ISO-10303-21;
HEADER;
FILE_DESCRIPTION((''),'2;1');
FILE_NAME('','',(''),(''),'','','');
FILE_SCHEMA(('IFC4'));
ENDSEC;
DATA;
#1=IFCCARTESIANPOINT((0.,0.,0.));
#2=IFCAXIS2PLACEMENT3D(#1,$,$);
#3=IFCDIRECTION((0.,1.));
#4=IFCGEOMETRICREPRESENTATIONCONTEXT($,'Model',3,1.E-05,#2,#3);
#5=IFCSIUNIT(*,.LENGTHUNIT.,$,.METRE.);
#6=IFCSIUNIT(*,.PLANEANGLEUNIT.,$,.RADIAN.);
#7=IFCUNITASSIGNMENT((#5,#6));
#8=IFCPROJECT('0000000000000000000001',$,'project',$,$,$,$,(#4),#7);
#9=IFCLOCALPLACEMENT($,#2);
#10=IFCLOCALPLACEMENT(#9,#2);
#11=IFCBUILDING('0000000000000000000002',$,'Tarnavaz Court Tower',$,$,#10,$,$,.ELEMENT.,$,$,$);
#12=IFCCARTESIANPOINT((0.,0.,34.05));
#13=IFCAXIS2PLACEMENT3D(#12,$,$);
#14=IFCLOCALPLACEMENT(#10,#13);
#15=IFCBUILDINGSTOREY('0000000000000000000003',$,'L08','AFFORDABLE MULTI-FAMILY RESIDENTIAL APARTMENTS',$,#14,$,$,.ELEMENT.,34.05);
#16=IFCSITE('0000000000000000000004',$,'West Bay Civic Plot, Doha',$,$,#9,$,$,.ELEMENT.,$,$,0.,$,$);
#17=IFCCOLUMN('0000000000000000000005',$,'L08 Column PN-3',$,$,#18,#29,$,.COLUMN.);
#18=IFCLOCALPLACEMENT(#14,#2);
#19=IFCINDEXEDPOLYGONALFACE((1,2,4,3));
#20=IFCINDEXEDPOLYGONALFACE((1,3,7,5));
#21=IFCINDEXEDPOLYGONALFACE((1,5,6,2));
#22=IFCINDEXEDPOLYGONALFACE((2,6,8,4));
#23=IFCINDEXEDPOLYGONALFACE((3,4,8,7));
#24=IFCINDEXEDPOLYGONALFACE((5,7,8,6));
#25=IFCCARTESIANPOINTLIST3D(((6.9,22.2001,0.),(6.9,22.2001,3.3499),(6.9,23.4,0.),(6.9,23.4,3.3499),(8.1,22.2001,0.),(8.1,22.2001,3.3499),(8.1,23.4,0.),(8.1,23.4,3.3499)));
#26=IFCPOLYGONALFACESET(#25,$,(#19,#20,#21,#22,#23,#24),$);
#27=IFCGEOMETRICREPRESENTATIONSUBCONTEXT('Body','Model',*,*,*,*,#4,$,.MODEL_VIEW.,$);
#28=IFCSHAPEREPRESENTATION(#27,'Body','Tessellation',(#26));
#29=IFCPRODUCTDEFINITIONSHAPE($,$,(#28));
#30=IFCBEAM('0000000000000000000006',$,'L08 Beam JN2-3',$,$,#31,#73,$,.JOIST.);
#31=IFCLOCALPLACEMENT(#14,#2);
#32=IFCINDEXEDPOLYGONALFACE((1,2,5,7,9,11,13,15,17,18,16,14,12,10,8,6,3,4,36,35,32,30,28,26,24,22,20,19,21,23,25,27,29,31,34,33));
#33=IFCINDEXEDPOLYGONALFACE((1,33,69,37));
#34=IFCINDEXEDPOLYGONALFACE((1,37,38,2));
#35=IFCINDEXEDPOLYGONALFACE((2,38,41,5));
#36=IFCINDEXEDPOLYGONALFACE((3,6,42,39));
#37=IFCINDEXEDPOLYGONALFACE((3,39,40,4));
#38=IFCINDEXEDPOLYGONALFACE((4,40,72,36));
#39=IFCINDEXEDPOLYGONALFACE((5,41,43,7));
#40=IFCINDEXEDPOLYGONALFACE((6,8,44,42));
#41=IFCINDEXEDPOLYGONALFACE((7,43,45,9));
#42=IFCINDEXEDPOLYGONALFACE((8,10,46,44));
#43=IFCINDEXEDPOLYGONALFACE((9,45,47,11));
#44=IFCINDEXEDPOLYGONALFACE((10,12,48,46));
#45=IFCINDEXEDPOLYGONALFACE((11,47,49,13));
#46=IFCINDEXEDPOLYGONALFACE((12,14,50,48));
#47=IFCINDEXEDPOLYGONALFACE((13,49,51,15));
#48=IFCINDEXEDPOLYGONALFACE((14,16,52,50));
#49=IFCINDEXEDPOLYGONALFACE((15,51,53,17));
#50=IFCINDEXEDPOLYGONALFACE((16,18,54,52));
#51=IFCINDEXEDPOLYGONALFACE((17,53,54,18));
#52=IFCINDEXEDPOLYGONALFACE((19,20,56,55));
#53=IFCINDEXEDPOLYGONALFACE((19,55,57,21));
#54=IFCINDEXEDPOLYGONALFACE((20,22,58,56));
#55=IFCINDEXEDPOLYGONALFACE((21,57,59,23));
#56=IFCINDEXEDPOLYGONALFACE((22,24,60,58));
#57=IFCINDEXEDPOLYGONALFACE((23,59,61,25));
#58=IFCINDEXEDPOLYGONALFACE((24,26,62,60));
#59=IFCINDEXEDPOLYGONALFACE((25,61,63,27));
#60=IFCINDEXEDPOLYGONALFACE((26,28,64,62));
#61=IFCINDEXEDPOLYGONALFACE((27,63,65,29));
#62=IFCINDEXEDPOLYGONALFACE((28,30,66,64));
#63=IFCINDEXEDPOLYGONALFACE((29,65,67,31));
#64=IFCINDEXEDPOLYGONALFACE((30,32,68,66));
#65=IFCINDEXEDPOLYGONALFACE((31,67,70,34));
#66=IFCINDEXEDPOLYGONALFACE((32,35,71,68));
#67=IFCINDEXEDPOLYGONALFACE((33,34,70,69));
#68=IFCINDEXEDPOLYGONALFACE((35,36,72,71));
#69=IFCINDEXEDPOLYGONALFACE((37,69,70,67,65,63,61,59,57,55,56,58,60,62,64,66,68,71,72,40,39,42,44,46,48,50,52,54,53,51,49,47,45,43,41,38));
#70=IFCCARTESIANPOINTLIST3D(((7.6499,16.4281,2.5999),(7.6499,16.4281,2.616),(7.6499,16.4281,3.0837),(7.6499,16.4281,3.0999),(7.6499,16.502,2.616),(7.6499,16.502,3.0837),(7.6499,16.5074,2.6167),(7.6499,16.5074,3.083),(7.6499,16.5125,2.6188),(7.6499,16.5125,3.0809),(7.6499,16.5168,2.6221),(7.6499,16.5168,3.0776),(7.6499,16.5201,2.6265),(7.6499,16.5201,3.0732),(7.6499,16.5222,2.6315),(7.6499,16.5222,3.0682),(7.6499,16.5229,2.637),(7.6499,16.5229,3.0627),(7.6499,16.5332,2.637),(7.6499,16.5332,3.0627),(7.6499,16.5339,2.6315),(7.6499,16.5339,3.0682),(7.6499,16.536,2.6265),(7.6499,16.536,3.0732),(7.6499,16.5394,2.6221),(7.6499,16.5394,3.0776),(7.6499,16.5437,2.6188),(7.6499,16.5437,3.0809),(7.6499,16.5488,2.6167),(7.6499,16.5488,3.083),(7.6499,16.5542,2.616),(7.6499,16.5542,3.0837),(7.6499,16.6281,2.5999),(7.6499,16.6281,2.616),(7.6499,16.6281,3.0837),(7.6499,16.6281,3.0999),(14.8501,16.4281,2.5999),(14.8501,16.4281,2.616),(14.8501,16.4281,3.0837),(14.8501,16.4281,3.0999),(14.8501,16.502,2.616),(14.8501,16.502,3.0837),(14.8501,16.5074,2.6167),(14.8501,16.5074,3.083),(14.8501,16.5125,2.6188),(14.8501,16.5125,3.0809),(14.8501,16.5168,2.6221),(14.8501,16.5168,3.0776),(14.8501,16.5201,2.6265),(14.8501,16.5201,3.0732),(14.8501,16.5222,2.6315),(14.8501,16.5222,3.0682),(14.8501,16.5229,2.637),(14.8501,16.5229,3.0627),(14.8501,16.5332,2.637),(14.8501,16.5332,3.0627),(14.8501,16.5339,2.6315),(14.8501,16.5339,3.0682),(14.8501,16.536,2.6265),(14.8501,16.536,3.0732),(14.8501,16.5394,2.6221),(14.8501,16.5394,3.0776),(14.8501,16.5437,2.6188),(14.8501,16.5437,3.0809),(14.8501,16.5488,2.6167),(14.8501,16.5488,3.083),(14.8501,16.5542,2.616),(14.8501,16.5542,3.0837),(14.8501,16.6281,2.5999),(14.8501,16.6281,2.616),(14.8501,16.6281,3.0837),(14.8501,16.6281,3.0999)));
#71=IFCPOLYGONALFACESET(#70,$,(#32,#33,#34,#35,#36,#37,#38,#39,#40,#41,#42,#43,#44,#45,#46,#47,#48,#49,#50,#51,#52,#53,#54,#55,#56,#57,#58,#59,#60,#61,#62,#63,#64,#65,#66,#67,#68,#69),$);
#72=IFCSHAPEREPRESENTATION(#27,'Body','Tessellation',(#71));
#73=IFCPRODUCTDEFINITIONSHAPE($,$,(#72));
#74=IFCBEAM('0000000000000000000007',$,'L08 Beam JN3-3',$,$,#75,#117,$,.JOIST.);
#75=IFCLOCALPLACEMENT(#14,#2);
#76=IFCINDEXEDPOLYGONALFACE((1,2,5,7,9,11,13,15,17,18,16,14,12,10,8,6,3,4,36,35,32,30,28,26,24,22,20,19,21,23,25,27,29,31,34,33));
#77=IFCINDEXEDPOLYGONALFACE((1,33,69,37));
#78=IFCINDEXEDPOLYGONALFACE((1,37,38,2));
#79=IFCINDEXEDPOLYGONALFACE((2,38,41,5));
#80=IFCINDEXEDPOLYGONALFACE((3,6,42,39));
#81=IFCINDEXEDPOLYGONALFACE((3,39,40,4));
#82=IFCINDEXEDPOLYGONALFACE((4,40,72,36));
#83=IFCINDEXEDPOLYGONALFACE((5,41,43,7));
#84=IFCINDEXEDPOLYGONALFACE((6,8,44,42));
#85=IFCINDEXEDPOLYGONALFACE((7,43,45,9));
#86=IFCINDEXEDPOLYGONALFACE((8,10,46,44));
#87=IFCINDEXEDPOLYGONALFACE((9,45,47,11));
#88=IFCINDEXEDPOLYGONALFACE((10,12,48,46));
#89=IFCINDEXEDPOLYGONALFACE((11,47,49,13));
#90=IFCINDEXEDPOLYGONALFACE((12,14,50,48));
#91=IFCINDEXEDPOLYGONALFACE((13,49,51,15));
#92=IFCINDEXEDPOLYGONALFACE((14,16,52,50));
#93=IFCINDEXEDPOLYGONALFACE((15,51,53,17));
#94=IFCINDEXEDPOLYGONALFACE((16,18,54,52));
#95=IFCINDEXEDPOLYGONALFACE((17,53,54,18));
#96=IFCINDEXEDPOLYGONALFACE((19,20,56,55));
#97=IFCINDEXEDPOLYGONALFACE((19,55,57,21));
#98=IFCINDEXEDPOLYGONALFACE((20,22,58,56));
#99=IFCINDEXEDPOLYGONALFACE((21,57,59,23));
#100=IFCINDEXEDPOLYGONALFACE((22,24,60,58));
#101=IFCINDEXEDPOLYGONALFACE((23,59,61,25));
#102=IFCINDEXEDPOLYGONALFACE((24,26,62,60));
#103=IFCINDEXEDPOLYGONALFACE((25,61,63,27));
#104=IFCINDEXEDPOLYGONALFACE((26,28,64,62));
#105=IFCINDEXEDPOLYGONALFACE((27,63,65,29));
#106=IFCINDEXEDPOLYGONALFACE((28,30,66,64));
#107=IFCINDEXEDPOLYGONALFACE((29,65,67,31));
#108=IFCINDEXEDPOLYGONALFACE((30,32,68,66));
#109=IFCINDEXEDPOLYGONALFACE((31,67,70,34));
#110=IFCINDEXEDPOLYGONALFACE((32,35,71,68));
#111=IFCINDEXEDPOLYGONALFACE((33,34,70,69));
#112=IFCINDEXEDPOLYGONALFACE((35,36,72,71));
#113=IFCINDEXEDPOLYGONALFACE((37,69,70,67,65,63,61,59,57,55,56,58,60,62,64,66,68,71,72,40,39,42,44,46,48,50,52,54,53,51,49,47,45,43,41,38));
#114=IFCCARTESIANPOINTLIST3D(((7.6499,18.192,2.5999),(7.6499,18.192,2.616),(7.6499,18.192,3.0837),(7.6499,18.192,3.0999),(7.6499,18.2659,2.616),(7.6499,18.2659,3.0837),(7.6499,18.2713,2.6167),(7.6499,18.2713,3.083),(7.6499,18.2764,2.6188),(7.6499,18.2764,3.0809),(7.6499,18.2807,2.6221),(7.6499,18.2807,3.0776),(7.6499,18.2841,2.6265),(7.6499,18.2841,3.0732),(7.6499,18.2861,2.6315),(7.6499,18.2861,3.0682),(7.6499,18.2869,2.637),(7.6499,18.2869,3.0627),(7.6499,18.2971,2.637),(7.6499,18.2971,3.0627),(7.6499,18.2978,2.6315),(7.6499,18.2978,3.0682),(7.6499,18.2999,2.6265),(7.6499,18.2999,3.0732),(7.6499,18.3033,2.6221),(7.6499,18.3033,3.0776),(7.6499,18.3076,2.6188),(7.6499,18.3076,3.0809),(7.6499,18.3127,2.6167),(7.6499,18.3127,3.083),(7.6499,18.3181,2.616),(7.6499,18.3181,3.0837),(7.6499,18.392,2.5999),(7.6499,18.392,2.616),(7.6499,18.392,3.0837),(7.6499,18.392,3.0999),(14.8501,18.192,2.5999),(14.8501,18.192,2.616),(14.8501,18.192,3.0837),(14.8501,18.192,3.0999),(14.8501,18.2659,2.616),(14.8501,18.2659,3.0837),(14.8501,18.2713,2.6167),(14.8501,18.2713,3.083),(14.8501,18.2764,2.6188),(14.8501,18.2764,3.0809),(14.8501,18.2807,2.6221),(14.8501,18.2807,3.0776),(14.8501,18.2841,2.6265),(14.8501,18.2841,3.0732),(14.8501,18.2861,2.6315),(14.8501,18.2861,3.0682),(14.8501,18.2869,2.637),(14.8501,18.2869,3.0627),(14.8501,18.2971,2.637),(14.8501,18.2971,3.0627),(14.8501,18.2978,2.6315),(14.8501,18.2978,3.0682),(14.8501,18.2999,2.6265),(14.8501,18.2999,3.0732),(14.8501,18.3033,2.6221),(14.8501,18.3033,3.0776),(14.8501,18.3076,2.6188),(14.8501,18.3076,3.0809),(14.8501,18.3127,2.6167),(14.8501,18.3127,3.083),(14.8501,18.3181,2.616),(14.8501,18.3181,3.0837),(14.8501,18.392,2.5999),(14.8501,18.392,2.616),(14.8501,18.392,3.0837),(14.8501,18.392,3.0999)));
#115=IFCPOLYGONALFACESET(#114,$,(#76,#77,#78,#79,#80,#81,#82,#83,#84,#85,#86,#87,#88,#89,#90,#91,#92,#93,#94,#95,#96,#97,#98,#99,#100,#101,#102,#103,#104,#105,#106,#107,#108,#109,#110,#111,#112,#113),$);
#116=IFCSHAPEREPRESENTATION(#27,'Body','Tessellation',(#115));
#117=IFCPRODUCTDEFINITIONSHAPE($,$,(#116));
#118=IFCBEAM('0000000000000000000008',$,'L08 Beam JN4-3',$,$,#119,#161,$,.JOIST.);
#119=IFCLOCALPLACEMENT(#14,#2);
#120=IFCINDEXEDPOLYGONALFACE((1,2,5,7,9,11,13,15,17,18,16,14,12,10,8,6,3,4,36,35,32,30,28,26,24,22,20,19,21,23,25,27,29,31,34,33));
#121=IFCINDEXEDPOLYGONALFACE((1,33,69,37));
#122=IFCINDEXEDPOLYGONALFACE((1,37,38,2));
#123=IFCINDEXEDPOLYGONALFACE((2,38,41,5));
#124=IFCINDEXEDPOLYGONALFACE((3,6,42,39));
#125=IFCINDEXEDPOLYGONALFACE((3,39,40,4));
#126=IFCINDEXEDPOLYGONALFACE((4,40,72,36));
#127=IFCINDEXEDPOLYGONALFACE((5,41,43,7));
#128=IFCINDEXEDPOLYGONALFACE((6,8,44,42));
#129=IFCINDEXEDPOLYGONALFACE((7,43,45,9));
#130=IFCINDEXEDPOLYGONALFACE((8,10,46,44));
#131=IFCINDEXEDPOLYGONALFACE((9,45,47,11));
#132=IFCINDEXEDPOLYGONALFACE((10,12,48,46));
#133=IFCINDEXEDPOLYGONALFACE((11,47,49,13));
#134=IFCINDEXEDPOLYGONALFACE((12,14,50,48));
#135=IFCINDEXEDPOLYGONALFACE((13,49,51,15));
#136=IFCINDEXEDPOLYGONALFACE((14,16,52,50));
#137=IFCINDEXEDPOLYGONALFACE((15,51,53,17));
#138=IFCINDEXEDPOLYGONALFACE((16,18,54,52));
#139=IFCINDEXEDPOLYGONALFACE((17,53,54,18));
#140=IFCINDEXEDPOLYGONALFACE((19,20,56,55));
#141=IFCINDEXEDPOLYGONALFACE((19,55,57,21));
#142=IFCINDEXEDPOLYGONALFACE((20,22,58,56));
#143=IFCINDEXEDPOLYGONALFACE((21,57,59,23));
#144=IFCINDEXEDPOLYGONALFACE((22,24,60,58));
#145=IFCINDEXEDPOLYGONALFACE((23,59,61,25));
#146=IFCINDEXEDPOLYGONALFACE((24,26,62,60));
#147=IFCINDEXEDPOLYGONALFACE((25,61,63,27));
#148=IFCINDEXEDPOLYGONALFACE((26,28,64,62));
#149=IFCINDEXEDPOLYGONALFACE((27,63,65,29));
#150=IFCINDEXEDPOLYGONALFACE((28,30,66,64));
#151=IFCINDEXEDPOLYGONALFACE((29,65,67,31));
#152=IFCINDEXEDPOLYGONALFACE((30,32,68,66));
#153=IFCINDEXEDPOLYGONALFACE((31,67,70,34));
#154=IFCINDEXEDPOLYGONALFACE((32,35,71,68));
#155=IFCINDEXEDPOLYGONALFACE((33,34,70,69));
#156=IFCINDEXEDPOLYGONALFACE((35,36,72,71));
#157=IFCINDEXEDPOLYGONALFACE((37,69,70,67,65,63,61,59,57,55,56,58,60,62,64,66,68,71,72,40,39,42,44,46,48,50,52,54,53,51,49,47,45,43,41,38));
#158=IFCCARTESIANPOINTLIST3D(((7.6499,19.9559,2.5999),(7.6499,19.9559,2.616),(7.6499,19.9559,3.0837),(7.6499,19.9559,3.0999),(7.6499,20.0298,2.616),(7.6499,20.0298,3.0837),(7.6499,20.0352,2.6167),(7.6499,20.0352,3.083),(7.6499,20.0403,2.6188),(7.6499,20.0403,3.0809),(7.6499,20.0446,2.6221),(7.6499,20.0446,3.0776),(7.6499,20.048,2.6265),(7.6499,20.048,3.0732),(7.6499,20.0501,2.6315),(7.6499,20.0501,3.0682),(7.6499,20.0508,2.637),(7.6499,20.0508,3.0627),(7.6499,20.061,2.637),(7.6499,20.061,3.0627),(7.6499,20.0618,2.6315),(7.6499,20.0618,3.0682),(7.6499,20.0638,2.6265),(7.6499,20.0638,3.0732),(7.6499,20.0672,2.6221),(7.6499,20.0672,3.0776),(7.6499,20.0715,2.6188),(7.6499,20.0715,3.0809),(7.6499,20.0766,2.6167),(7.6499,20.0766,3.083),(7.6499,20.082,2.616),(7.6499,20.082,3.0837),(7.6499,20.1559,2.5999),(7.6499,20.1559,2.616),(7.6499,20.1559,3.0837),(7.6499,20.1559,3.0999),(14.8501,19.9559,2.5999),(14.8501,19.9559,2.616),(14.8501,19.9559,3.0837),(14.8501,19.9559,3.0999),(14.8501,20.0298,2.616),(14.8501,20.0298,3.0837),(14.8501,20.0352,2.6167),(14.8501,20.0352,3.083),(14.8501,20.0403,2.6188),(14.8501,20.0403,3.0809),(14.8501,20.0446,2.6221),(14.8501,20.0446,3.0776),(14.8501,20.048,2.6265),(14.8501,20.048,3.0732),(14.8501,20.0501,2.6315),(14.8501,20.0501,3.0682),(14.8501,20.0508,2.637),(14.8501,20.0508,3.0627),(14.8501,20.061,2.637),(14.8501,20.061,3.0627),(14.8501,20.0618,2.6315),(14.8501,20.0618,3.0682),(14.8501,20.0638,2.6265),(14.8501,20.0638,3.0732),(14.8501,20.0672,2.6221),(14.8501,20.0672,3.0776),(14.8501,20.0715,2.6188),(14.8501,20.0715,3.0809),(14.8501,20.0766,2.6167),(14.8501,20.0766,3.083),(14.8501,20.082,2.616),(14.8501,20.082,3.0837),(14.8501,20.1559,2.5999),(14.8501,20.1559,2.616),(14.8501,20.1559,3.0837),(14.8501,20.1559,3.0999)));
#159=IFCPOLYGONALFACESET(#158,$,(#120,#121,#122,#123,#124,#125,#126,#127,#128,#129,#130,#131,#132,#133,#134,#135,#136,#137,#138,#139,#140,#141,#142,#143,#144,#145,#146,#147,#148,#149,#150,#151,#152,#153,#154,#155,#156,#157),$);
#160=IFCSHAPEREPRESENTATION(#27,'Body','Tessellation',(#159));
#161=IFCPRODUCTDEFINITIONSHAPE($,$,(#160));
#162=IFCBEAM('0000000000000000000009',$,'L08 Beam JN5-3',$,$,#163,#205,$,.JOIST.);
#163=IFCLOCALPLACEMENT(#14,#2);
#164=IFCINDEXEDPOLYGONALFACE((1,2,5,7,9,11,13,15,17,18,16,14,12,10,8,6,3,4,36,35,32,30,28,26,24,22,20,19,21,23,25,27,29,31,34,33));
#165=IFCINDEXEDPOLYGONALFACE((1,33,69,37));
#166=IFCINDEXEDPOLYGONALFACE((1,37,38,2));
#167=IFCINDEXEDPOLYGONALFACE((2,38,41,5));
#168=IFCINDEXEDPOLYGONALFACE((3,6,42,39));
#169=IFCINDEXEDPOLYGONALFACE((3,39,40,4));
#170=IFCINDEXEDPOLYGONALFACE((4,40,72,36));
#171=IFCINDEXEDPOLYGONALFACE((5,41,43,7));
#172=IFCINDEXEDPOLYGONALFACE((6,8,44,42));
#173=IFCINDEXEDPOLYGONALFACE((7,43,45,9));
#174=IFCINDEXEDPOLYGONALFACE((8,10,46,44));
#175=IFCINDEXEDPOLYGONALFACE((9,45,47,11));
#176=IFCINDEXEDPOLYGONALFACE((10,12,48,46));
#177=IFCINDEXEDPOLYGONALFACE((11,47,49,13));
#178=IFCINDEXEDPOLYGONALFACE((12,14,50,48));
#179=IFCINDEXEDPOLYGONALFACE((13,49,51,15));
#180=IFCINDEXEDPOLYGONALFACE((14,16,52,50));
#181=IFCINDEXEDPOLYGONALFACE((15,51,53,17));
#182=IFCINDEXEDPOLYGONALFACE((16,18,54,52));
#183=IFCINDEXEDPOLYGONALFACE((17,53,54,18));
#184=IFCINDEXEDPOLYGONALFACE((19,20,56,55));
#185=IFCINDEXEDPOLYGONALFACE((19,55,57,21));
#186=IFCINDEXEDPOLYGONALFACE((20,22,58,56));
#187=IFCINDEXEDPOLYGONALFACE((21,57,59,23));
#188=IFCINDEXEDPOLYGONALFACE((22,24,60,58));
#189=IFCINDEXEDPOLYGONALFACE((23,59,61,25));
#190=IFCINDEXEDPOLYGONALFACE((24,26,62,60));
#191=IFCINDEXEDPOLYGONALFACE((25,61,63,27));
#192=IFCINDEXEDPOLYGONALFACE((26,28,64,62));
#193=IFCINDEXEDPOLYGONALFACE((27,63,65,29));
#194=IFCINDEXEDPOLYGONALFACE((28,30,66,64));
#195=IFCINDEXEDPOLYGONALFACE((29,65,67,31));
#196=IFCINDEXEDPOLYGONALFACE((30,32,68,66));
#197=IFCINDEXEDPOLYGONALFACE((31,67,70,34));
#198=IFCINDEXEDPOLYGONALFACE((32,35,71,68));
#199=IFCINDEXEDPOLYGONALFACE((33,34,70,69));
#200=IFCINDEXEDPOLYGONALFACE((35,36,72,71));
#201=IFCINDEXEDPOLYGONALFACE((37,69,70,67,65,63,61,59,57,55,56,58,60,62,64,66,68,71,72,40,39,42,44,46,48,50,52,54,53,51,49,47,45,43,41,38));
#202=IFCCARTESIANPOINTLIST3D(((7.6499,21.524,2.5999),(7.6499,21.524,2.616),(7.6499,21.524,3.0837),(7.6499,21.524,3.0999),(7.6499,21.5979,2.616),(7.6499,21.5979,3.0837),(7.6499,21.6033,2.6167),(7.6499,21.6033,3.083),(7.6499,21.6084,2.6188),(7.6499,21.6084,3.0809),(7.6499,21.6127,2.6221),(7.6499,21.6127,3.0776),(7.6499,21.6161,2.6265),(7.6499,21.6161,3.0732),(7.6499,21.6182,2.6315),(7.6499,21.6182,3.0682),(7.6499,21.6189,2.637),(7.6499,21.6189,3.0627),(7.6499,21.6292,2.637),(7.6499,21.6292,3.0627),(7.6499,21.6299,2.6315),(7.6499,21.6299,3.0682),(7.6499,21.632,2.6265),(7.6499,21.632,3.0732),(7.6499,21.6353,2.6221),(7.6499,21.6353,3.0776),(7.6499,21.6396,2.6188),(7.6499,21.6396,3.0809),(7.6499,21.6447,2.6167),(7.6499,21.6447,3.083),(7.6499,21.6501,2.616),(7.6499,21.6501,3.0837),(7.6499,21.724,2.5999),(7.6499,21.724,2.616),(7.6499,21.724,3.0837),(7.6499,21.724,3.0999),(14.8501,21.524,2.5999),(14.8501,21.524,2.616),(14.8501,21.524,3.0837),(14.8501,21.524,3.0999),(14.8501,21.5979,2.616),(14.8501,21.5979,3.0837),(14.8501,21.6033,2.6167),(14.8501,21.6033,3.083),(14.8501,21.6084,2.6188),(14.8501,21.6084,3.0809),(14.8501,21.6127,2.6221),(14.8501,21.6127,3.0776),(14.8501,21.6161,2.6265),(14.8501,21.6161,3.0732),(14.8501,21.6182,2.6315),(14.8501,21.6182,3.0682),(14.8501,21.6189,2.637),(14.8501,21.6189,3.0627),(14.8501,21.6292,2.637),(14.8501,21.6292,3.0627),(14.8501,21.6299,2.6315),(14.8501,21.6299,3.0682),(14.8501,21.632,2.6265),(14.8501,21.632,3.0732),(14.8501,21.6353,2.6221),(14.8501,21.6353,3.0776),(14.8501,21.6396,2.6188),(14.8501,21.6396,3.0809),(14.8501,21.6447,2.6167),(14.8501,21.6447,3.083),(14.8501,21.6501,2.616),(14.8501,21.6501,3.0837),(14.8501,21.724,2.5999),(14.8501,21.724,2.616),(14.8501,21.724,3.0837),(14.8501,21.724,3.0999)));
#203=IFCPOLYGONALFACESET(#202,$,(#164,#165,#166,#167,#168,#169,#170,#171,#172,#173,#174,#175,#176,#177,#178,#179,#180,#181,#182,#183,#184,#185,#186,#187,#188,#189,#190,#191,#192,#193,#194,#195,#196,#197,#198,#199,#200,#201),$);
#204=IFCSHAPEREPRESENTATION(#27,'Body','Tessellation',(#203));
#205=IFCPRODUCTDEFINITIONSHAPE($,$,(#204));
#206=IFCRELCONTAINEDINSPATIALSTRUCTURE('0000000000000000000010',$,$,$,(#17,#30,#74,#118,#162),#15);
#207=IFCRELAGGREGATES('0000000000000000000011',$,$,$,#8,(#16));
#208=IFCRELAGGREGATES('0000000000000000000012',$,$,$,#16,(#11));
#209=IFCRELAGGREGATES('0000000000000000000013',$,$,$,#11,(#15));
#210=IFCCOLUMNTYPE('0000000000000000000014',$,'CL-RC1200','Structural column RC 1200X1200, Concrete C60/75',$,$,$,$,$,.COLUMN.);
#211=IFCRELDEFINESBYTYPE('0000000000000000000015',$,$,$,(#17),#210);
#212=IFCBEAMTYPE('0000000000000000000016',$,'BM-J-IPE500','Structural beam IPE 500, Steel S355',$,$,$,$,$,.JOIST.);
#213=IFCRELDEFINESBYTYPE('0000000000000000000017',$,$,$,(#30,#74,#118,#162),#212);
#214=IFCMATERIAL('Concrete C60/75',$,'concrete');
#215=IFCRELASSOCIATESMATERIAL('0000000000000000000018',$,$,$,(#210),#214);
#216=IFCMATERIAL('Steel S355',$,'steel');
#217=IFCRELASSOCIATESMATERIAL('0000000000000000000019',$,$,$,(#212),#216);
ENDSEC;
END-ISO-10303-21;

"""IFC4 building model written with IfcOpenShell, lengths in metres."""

from ifc_helpers import new_model, si_unit, direction, frame, origin, origin_2d, place, context, subcontext, project, spatial, rectangle, i_section, extrude, material, material_profile, profile_set, type_object, element, save


model = new_model("IFC4")

# Units and contexts
model_context = context("Model", 3, precision=1e-05, world=origin(), true_north=direction((0.0, 1.0)))
body_context = subcontext(model_context, "Body", "Model", "MODEL_VIEW")
ifc_project = project(units=[si_unit("LENGTHUNIT", "METRE"), si_unit("PLANEANGLEUNIT", "RADIAN")], contexts=[model_context])

# Site, building, storey
site_placement = place(None, origin())
site = spatial("IfcSite", under=ifc_project, at=site_placement, Name="West Bay Civic Plot, Doha", CompositionType="ELEMENT", RefElevation=0.0)
building_placement = place(site_placement, origin())
building = spatial("IfcBuilding", under=site, at=building_placement, Name="Tarnavaz Court Tower", CompositionType="ELEMENT")
storey_placement = place(building_placement, frame((0.0, 0.0, 34.05)))
storey = spatial("IfcBuildingStorey", under=building, at=storey_placement, Name="L08", Description="AFFORDABLE MULTI-FAMILY RESIDENTIAL APARTMENTS", CompositionType="ELEMENT", Elevation=34.05)

# Column
ifc_material_1 = material(Name="Concrete C60/75", Category="concrete")
ifc_material_profile_1 = material_profile(ifc_material_1, rectangle(XDim=1.2, YDim=1.2, at=origin_2d()), Name="RC 1200X1200")
ifc_profile_set_1 = profile_set([ifc_material_profile_1], Name="Concrete C60/75")
column_type = type_object("IfcColumnType", Name="CL-RC1200", Description="Structural column RC 1200X1200, Concrete C60/75", PredefinedType="COLUMN", material=ifc_profile_set_1)
column_placement = place(storey_placement, frame((7.5, 22.8, 0.0), z_axis=(0.0, 0.0, 1.0), x_axis=(1.0, 0.0, 0.0)))
element("IfcColumn", 1, at=column_placement, inside=storey, type_object=column_type, Name="L08 Column PN-3", PredefinedType="COLUMN", context=body_context, shape_type="SweptSolid", body=[
    extrude(rectangle(XDim=1.2, YDim=1.2, at=origin_2d()), origin(), (0.0, 0.0, 1.0), 3.3499),
])

# Beams
ifc_material_2 = material(Name="Steel S355", Category="steel")
ifc_material_profile_2 = material_profile(ifc_material_2, i_section(OverallWidth=0.2, OverallDepth=0.5, WebThickness=0.0103, FlangeThickness=0.0161, FilletRadius=0.021, at=origin_2d()), Name="IPE 500")
ifc_profile_set_2 = profile_set([ifc_material_profile_2], Name="Steel S355")
beam_type_1 = type_object("IfcBeamType", Name="BM-J-IPE500", Description="Structural beam IPE 500, Steel S355", PredefinedType="JOIST", material=ifc_profile_set_2)
for number, where, z_axis, x_axis, name in (
    (2, (7.6499, 16.5281, 2.8499), (1.0, 0.0, 0.0), (0.0, 1.0, 0.0), "L08 Beam JN2-3"),
    (3, (7.6499, 18.292, 2.8499), (1.0, 0.0, 0.0), (0.0, 1.0, 0.0), "L08 Beam JN3-3"),
    (4, (7.6499, 20.0559, 2.8499), (1.0, 0.0, 0.0), (0.0, 1.0, 0.0), "L08 Beam JN4-3"),
    (5, (7.6499, 21.624, 2.8499), (1.0, 0.0, 0.0), (0.0, 1.0, 0.0), "L08 Beam JN5-3"),
):
    element("IfcBeam", number, at=place(storey_placement, frame(where, z_axis=z_axis, x_axis=x_axis)), inside=storey, type_object=beam_type_1, Name=name, PredefinedType="JOIST", context=body_context, shape_type="SweptSolid", body=[
        extrude(i_section(OverallWidth=0.2, OverallDepth=0.5, WebThickness=0.0103, FlangeThickness=0.0161, FilletRadius=0.021, at=origin_2d()), origin(), (0.0, 0.0, 1.0), 7.2002),
    ])

save(model, "model.ifc")
